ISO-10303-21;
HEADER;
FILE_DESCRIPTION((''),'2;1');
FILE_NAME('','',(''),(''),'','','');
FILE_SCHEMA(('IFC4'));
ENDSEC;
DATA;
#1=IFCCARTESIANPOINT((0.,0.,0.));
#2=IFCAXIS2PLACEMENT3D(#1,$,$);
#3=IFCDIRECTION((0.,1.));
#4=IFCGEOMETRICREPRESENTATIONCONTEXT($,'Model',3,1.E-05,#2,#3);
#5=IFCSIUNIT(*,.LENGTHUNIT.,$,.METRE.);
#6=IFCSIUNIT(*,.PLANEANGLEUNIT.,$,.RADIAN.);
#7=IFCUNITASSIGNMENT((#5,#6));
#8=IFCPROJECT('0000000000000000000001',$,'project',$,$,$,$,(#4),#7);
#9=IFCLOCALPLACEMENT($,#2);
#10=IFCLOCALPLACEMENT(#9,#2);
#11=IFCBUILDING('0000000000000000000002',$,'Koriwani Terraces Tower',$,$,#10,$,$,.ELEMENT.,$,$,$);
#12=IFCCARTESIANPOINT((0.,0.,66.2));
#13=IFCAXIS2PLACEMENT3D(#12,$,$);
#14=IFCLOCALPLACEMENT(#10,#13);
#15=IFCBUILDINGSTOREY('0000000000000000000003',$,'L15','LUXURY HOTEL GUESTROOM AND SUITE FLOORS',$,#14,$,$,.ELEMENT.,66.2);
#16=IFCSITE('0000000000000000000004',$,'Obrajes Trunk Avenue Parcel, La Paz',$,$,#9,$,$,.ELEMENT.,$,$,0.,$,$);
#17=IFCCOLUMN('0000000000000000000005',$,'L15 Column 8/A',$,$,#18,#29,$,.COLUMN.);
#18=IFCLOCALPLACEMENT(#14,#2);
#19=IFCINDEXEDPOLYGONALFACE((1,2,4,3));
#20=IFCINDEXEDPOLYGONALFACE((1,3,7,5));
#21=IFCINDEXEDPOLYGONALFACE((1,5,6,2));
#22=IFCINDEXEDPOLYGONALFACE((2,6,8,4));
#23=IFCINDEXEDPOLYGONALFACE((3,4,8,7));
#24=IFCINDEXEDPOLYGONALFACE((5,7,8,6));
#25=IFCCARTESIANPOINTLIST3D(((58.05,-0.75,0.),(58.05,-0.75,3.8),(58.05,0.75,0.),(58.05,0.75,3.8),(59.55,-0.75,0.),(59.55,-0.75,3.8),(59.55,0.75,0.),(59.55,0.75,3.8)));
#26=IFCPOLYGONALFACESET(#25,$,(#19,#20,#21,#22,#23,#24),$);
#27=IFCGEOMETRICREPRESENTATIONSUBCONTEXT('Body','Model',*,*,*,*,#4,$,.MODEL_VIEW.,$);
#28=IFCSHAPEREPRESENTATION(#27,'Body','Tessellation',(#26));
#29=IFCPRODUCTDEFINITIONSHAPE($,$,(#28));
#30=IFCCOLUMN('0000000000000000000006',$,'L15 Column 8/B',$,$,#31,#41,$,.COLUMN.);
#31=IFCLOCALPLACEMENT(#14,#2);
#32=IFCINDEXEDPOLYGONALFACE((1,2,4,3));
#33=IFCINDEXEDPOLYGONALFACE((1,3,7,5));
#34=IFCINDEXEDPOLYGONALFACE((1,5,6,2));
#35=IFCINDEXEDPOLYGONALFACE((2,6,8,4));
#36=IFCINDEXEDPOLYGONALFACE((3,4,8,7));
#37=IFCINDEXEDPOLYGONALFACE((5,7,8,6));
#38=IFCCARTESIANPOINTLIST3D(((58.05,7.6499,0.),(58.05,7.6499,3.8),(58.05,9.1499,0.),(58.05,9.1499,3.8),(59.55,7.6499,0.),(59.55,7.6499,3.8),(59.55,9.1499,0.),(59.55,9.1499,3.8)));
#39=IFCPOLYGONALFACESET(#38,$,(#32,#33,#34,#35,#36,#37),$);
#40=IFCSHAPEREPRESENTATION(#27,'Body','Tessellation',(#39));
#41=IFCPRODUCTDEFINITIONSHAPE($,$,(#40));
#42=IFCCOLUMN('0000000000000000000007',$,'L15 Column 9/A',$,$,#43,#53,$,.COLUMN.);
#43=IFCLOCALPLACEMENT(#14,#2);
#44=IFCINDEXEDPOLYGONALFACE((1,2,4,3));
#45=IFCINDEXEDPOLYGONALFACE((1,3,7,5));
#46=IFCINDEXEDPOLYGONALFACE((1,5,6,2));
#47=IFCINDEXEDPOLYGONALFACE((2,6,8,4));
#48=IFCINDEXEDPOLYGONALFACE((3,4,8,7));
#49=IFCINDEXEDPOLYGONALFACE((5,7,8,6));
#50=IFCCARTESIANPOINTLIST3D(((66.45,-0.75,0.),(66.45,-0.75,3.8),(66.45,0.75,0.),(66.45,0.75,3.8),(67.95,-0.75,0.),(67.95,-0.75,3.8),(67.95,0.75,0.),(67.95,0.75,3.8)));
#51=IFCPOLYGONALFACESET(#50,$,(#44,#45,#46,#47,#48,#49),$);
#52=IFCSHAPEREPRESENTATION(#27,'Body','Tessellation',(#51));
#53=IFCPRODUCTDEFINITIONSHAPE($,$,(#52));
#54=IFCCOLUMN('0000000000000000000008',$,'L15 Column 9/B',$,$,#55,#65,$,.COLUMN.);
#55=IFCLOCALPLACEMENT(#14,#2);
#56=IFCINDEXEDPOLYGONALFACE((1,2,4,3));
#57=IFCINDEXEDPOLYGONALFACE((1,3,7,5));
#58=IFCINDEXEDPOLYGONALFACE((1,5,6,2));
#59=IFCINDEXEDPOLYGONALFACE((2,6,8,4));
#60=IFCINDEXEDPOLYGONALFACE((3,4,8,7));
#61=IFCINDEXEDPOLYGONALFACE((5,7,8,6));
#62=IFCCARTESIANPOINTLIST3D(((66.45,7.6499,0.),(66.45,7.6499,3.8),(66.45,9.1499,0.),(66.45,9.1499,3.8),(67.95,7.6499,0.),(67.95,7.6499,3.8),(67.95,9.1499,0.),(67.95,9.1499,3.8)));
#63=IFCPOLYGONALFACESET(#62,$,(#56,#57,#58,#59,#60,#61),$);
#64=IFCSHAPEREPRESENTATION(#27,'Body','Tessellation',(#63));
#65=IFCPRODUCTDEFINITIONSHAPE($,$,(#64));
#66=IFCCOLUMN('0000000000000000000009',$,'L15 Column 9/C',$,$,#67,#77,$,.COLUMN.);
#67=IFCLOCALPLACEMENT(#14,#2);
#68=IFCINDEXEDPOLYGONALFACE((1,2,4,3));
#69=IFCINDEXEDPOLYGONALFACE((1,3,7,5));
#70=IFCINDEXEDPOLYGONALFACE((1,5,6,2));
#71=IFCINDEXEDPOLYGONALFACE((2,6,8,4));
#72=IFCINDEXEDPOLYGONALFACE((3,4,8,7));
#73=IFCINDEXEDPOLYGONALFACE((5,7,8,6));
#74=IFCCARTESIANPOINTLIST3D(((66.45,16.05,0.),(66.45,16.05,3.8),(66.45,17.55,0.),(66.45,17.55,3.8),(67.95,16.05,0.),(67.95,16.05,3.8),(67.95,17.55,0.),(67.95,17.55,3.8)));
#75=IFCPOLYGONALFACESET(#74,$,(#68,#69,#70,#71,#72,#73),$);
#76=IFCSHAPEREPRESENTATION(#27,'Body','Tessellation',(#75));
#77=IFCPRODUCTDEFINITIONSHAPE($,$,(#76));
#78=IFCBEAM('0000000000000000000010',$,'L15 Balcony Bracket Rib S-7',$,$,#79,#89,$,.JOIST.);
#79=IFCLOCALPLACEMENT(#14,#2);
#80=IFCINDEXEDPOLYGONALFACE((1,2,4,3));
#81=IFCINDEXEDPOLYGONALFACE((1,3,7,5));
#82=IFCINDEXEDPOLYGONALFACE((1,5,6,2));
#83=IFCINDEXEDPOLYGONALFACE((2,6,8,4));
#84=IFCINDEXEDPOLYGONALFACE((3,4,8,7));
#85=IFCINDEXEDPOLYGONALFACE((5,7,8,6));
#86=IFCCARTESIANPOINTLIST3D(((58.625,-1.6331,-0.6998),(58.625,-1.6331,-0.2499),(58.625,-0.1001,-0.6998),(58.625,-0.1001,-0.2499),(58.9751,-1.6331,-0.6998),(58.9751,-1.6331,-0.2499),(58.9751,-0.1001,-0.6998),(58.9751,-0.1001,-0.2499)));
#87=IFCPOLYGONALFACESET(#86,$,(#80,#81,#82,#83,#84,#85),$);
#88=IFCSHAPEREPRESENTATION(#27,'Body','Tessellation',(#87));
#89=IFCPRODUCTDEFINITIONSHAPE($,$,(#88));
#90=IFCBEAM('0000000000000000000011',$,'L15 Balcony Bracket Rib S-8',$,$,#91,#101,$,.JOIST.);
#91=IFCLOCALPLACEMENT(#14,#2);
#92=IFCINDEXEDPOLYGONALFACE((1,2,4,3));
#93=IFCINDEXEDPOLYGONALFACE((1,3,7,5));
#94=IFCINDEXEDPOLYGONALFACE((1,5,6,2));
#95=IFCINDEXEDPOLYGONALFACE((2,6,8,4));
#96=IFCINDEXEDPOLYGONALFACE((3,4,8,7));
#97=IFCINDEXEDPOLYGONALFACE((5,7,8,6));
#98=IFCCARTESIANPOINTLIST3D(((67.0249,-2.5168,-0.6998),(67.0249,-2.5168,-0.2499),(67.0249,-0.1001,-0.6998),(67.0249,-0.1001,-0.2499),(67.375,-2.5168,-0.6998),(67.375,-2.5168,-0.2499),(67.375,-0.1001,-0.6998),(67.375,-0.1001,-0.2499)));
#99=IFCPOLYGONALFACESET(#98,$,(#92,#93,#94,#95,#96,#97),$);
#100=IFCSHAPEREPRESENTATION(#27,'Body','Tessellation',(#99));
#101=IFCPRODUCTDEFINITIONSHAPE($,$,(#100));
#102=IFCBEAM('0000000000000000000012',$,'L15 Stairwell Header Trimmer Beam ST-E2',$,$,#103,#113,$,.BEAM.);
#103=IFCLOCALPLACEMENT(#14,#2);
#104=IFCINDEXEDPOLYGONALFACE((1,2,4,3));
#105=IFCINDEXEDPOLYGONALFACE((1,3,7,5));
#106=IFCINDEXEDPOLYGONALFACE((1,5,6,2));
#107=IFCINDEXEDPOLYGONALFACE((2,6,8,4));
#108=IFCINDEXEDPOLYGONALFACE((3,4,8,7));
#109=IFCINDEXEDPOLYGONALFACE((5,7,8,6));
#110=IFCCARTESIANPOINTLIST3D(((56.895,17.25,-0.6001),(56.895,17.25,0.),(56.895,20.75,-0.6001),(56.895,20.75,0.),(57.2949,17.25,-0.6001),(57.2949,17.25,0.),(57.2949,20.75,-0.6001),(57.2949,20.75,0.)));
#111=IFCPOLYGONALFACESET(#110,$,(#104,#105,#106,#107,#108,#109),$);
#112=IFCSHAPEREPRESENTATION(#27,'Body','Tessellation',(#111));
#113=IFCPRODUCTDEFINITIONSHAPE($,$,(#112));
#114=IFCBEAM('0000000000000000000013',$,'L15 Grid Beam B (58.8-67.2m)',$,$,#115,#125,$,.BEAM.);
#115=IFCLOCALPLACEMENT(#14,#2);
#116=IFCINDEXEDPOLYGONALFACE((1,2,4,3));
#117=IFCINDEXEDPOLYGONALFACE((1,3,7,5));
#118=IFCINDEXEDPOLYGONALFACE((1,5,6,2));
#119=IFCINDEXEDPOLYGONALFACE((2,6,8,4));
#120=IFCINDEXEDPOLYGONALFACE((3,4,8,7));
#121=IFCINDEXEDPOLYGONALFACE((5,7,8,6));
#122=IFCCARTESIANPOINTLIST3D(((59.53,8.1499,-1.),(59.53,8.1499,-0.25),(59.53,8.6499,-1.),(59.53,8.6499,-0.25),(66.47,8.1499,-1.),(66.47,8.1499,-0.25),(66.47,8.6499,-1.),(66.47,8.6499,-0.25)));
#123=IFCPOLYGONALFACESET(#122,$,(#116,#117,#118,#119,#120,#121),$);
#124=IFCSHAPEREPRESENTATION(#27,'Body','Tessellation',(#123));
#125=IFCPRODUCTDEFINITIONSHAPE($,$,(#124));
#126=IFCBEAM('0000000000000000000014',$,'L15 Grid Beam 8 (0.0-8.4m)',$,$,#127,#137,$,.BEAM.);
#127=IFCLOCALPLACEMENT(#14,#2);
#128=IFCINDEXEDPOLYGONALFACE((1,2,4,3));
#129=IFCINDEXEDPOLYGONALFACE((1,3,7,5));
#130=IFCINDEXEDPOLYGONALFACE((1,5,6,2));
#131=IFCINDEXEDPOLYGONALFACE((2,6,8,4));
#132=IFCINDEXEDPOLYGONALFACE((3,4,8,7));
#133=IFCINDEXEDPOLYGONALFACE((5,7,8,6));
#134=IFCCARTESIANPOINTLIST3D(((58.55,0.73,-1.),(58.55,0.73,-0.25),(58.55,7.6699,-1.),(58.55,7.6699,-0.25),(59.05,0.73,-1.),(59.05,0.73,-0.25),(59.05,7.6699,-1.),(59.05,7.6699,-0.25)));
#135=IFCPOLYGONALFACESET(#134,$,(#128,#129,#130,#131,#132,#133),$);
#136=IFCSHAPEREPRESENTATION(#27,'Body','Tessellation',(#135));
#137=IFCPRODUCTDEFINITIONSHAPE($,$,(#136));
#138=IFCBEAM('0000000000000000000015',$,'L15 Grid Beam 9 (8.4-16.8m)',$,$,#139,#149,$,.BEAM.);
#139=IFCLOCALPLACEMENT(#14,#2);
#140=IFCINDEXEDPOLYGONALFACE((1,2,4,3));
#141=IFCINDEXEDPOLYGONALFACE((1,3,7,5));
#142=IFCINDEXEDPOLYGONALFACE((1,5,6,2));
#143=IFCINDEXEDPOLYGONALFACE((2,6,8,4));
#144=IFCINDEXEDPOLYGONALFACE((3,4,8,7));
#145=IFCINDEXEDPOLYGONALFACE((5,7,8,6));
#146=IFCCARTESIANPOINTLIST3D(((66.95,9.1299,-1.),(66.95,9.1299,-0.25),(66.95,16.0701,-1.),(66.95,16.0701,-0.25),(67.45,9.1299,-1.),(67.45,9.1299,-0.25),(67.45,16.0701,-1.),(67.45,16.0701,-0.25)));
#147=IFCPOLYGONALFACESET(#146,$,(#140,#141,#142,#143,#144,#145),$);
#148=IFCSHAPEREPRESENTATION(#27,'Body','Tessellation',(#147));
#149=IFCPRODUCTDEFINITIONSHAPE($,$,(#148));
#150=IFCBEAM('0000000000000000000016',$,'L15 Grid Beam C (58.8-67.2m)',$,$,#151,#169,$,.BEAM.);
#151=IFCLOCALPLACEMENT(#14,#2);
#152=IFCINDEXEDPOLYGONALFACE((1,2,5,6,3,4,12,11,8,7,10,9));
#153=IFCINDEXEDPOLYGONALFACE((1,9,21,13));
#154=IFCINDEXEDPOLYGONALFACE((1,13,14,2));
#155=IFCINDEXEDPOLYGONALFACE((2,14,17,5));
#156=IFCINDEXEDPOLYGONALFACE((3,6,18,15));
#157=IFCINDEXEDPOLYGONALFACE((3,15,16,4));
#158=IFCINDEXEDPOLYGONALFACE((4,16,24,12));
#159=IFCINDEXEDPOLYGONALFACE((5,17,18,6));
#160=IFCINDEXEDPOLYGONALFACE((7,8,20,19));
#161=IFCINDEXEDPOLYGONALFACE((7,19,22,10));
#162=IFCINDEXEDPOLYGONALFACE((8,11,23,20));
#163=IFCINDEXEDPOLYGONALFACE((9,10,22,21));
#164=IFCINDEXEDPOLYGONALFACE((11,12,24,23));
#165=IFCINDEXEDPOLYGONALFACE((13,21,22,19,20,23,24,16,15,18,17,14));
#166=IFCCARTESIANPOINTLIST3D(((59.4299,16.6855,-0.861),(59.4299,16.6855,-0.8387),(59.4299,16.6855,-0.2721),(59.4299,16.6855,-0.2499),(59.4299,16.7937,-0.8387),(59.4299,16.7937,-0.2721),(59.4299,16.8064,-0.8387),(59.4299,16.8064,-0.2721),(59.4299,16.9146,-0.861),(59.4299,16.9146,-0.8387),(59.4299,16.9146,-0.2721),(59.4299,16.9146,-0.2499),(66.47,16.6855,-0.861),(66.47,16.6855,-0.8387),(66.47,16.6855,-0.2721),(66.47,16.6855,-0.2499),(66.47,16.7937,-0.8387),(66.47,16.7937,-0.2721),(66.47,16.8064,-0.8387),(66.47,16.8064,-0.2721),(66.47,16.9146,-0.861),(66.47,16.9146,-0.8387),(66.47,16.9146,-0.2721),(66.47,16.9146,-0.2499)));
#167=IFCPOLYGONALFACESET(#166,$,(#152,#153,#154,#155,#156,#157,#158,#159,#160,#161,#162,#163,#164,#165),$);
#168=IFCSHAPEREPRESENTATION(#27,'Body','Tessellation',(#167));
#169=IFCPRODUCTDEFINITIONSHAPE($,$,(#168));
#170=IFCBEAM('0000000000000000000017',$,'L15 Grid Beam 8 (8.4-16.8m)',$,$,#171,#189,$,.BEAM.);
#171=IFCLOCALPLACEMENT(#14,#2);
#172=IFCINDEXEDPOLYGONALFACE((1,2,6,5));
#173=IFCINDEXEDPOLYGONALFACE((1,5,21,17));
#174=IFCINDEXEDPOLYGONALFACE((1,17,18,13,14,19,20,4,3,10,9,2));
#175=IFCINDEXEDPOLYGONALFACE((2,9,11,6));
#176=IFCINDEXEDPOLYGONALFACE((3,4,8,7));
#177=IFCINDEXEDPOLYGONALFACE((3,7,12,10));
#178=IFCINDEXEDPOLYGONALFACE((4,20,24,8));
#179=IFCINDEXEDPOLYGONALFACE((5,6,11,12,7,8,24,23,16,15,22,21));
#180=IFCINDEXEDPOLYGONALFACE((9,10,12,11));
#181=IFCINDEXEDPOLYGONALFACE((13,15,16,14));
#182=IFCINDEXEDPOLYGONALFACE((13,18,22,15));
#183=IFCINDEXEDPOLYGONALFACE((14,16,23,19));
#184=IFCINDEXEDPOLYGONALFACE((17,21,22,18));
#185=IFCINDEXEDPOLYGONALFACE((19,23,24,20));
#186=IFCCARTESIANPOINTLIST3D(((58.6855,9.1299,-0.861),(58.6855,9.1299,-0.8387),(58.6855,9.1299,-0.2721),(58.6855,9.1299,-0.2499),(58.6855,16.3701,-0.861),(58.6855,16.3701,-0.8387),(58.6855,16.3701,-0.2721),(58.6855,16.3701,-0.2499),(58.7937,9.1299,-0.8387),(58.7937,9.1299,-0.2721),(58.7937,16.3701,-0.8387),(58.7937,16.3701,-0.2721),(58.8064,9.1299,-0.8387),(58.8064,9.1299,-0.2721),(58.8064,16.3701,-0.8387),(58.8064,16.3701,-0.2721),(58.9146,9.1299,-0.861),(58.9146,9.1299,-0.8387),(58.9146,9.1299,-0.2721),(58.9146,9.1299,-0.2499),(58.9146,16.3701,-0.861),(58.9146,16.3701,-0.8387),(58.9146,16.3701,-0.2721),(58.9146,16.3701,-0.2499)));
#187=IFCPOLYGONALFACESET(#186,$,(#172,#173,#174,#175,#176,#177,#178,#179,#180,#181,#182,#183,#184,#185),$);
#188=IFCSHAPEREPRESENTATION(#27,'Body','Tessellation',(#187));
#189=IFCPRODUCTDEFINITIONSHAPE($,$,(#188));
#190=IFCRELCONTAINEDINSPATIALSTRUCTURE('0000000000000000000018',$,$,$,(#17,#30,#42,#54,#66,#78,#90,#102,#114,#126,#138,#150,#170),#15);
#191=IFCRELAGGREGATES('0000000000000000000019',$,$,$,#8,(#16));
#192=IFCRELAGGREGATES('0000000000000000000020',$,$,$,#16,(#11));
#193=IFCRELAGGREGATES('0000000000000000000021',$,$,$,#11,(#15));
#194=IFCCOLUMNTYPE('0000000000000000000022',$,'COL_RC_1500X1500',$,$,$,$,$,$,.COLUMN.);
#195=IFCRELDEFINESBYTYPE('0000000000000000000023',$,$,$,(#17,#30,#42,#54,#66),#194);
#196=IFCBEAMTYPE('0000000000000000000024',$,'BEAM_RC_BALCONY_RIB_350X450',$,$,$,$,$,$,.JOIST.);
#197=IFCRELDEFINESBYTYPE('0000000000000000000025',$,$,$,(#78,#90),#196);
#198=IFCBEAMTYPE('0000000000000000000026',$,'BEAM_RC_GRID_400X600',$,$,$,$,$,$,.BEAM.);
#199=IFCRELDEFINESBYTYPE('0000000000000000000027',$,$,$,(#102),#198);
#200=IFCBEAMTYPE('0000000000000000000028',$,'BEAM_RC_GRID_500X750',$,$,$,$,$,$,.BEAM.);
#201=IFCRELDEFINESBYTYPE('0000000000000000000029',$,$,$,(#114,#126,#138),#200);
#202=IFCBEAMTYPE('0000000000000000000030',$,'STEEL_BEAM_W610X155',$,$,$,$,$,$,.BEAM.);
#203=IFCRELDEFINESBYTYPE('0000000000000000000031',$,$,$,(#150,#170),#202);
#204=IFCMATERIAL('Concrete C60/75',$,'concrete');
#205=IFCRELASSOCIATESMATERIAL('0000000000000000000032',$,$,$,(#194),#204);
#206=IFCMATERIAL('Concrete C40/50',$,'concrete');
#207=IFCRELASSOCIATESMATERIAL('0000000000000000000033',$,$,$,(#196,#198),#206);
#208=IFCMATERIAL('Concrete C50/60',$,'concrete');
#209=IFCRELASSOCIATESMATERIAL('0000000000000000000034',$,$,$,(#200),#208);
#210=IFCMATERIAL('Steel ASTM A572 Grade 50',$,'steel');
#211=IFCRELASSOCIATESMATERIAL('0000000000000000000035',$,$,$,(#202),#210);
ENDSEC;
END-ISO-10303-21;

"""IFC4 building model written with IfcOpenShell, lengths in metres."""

from ifc_helpers import new_model, si_unit, direction, frame, origin, origin_2d, place, context, subcontext, project, spatial, rectangle, i_section, extrude, material, material_profile, profile_set, type_object, element, save


model = new_model("IFC4")

# Units and contexts
model_context = context("Model", 3, precision=1e-05, world=origin(), true_north=direction((0.0, 1.0)))
body_context = subcontext(model_context, "Body", "Model", "MODEL_VIEW")
ifc_project = project(units=[si_unit("LENGTHUNIT", "METRE"), si_unit("PLANEANGLEUNIT", "RADIAN")], contexts=[model_context])

# Site, building, storey
site_placement = place(None, origin())
site = spatial("IfcSite", under=ifc_project, at=site_placement, Name="Obrajes Trunk Avenue Parcel, La Paz", CompositionType="ELEMENT", RefElevation=0.0)
building_placement = place(site_placement, origin())
building = spatial("IfcBuilding", under=site, at=building_placement, Name="Koriwani Terraces Tower", CompositionType="ELEMENT")
storey_placement = place(building_placement, frame((0.0, 0.0, 66.2)))
storey = spatial("IfcBuildingStorey", under=building, at=storey_placement, Name="L15", Description="LUXURY HOTEL GUESTROOM AND SUITE FLOORS", CompositionType="ELEMENT", Elevation=66.2)

# Columns
ifc_material_1 = material(Name="Concrete C60/75", Category="concrete")
ifc_material_profile_1 = material_profile(ifc_material_1, rectangle(XDim=1.5, YDim=1.5, at=origin_2d()), Name="Concrete C60/75", Category="LoadBearing")
ifc_profile_set_1 = profile_set([ifc_material_profile_1], Name="Concrete C60/75")
column_type = type_object("IfcColumnType", Name="COL_RC_1500X1500", PredefinedType="COLUMN", material=ifc_profile_set_1)
for number, where, z_axis, x_axis, name in (
    (1, (58.8, 0.0, 0.0), (0.0, 0.0, 1.0), (1.0, 0.0, 0.0), "L15 Column 8/A"),
    (2, (58.8, 8.3999, 0.0), (0.0, 0.0, 1.0), (1.0, 0.0, 0.0), "L15 Column 8/B"),
    (3, (67.2, 0.0, 0.0), (0.0, 0.0, 1.0), (1.0, 0.0, 0.0), "L15 Column 9/A"),
    (4, (67.2, 8.3999, 0.0), (0.0, 0.0, 1.0), (1.0, 0.0, 0.0), "L15 Column 9/B"),
    (5, (67.2, 16.8, 0.0), (0.0, 0.0, 1.0), (1.0, 0.0, 0.0), "L15 Column 9/C"),
):
    element("IfcColumn", number, at=place(storey_placement, frame(where, z_axis=z_axis, x_axis=x_axis)), inside=storey, type_object=column_type, Name=name, PredefinedType="COLUMN", context=body_context, shape_type="SweptSolid", body=[
        extrude(rectangle(XDim=1.5, YDim=1.5, at=origin_2d()), origin(), (0.0, 0.0, 1.0), 3.8),
    ])

# Beams
ifc_material_2 = material(Name="Concrete C40/50", Category="concrete")
ifc_material_profile_2 = material_profile(ifc_material_2, rectangle(XDim=0.3501, YDim=0.45, at=origin_2d()), Name="Concrete C40/50", Category="LoadBearing")
ifc_profile_set_2 = profile_set([ifc_material_profile_2], Name="Concrete C40/50")
beam_type_1 = type_object("IfcBeamType", Name="BEAM_RC_BALCONY_RIB_350X450", PredefinedType="JOIST", material=ifc_profile_set_2)
beam_1_placement = place(storey_placement, frame((58.8, -1.6331, -0.4749), z_axis=(0.0, 1.0, 0.0), x_axis=(-1.0, 0.0, 0.0)))
element("IfcBeam", 6, at=beam_1_placement, inside=storey, type_object=beam_type_1, Name="L15 Balcony Bracket Rib S-7", PredefinedType="JOIST", context=body_context, shape_type="SweptSolid", body=[
    extrude(rectangle(XDim=0.3501, YDim=0.45, at=origin_2d()), origin(), (0.0, 0.0, 1.0), 1.533),
])
beam_2_placement = place(storey_placement, frame((67.2, -2.5168, -0.4749), z_axis=(0.0, 1.0, 0.0), x_axis=(-1.0, 0.0, 0.0)))
element("IfcBeam", 7, at=beam_2_placement, inside=storey, type_object=beam_type_1, Name="L15 Balcony Bracket Rib S-8", PredefinedType="JOIST", context=body_context, shape_type="SweptSolid", body=[
    extrude(rectangle(XDim=0.3501, YDim=0.45, at=origin_2d()), origin(), (0.0, 0.0, 1.0), 2.4167),
])
ifc_material_profile_3 = material_profile(ifc_material_2, rectangle(XDim=0.3999, YDim=0.6001, at=origin_2d()), Name="Concrete C40/50", Category="LoadBearing")
ifc_profile_set_3 = profile_set([ifc_material_profile_3], Name="Concrete C40/50")
beam_type_2 = type_object("IfcBeamType", Name="BEAM_RC_GRID_400X600", PredefinedType="BEAM", material=ifc_profile_set_3)
beam_3_placement = place(storey_placement, frame((57.095, 17.25, -0.3), z_axis=(0.0, 1.0, 0.0), x_axis=(-1.0, 0.0, 0.0)))
element("IfcBeam", 8, at=beam_3_placement, inside=storey, type_object=beam_type_2, Name="L15 Stairwell Header Trimmer Beam ST-E2", PredefinedType="BEAM", context=body_context, shape_type="SweptSolid", body=[
    extrude(rectangle(XDim=0.3999, YDim=0.6001, at=origin_2d()), origin(), (0.0, 0.0, 1.0), 3.5),
])
ifc_material_3 = material(Name="Concrete C50/60", Category="concrete")
ifc_material_profile_4 = material_profile(ifc_material_3, rectangle(XDim=0.5, YDim=0.75, at=origin_2d()), Name="Concrete C50/60", Category="LoadBearing")
ifc_profile_set_4 = profile_set([ifc_material_profile_4], Name="Concrete C50/60")
beam_type_3 = type_object("IfcBeamType", Name="BEAM_RC_GRID_500X750", PredefinedType="BEAM", material=ifc_profile_set_4)
for number, where, z_axis, x_axis, name in (
    (9, (59.53, 8.3999, -0.625), (1.0, 0.0, 0.0), (0.0, 1.0, 0.0), "L15 Grid Beam B (58.8-67.2m)"),
    (10, (58.8, 0.73, -0.625), (0.0, 1.0, 0.0), (-1.0, 0.0, 0.0), "L15 Grid Beam 8 (0.0-8.4m)"),
):
    element("IfcBeam", number, at=place(storey_placement, frame(where, z_axis=z_axis, x_axis=x_axis)), inside=storey, type_object=beam_type_3, Name=name, PredefinedType="BEAM", context=body_context, shape_type="SweptSolid", body=[
        extrude(rectangle(XDim=0.5, YDim=0.75, at=origin_2d()), origin(), (0.0, 0.0, 1.0), 6.9399),
    ])
beam_4_placement = place(storey_placement, frame((67.2, 9.1299, -0.625), z_axis=(0.0, 1.0, 0.0), x_axis=(-1.0, 0.0, 0.0)))
element("IfcBeam", 11, at=beam_4_placement, inside=storey, type_object=beam_type_3, Name="L15 Grid Beam 9 (8.4-16.8m)", PredefinedType="BEAM", context=body_context, shape_type="SweptSolid", body=[
    extrude(rectangle(XDim=0.5, YDim=0.75, at=origin_2d()), origin(), (0.0, 0.0, 1.0), 6.9402),
])
ifc_material_4 = material(Name="Steel ASTM A572 Grade 50", Category="steel")
ifc_material_profile_5 = material_profile(ifc_material_4, i_section(OverallWidth=0.229, OverallDepth=0.6111, WebThickness=0.0127, FlangeThickness=0.0222, at=origin_2d()), Name="Steel ASTM A572 Grade 50", Category="LoadBearing")
ifc_profile_set_5 = profile_set([ifc_material_profile_5], Name="Steel ASTM A572 Grade 50")
beam_type_4 = type_object("IfcBeamType", Name="STEEL_BEAM_W610X155", PredefinedType="BEAM", material=ifc_profile_set_5)
beam_5_placement = place(storey_placement, frame((59.4299, 16.8, -0.5554), z_axis=(1.0, 0.0, 0.0), x_axis=(0.0, 1.0, 0.0)))
element("IfcBeam", 12, at=beam_5_placement, inside=storey, type_object=beam_type_4, Name="L15 Grid Beam C (58.8-67.2m)", PredefinedType="BEAM", context=body_context, shape_type="SweptSolid", body=[
    extrude(i_section(OverallWidth=0.229, OverallDepth=0.6111, WebThickness=0.0127, FlangeThickness=0.0222, at=origin_2d()), origin(), (0.0, 0.0, 1.0), 7.04),
])
beam_6_placement = place(storey_placement, frame((58.8, 9.1299, -0.5554), z_axis=(0.0, 1.0, 0.0), x_axis=(-1.0, 0.0, 0.0)))
element("IfcBeam", 13, at=beam_6_placement, inside=storey, type_object=beam_type_4, Name="L15 Grid Beam 8 (8.4-16.8m)", PredefinedType="BEAM", context=body_context, shape_type="SweptSolid", body=[
    extrude(i_section(OverallWidth=0.229, OverallDepth=0.6111, WebThickness=0.0127, FlangeThickness=0.0222, at=origin_2d()), origin(), (0.0, 0.0, 1.0), 7.2402),
])

save(model, "model.ifc")
